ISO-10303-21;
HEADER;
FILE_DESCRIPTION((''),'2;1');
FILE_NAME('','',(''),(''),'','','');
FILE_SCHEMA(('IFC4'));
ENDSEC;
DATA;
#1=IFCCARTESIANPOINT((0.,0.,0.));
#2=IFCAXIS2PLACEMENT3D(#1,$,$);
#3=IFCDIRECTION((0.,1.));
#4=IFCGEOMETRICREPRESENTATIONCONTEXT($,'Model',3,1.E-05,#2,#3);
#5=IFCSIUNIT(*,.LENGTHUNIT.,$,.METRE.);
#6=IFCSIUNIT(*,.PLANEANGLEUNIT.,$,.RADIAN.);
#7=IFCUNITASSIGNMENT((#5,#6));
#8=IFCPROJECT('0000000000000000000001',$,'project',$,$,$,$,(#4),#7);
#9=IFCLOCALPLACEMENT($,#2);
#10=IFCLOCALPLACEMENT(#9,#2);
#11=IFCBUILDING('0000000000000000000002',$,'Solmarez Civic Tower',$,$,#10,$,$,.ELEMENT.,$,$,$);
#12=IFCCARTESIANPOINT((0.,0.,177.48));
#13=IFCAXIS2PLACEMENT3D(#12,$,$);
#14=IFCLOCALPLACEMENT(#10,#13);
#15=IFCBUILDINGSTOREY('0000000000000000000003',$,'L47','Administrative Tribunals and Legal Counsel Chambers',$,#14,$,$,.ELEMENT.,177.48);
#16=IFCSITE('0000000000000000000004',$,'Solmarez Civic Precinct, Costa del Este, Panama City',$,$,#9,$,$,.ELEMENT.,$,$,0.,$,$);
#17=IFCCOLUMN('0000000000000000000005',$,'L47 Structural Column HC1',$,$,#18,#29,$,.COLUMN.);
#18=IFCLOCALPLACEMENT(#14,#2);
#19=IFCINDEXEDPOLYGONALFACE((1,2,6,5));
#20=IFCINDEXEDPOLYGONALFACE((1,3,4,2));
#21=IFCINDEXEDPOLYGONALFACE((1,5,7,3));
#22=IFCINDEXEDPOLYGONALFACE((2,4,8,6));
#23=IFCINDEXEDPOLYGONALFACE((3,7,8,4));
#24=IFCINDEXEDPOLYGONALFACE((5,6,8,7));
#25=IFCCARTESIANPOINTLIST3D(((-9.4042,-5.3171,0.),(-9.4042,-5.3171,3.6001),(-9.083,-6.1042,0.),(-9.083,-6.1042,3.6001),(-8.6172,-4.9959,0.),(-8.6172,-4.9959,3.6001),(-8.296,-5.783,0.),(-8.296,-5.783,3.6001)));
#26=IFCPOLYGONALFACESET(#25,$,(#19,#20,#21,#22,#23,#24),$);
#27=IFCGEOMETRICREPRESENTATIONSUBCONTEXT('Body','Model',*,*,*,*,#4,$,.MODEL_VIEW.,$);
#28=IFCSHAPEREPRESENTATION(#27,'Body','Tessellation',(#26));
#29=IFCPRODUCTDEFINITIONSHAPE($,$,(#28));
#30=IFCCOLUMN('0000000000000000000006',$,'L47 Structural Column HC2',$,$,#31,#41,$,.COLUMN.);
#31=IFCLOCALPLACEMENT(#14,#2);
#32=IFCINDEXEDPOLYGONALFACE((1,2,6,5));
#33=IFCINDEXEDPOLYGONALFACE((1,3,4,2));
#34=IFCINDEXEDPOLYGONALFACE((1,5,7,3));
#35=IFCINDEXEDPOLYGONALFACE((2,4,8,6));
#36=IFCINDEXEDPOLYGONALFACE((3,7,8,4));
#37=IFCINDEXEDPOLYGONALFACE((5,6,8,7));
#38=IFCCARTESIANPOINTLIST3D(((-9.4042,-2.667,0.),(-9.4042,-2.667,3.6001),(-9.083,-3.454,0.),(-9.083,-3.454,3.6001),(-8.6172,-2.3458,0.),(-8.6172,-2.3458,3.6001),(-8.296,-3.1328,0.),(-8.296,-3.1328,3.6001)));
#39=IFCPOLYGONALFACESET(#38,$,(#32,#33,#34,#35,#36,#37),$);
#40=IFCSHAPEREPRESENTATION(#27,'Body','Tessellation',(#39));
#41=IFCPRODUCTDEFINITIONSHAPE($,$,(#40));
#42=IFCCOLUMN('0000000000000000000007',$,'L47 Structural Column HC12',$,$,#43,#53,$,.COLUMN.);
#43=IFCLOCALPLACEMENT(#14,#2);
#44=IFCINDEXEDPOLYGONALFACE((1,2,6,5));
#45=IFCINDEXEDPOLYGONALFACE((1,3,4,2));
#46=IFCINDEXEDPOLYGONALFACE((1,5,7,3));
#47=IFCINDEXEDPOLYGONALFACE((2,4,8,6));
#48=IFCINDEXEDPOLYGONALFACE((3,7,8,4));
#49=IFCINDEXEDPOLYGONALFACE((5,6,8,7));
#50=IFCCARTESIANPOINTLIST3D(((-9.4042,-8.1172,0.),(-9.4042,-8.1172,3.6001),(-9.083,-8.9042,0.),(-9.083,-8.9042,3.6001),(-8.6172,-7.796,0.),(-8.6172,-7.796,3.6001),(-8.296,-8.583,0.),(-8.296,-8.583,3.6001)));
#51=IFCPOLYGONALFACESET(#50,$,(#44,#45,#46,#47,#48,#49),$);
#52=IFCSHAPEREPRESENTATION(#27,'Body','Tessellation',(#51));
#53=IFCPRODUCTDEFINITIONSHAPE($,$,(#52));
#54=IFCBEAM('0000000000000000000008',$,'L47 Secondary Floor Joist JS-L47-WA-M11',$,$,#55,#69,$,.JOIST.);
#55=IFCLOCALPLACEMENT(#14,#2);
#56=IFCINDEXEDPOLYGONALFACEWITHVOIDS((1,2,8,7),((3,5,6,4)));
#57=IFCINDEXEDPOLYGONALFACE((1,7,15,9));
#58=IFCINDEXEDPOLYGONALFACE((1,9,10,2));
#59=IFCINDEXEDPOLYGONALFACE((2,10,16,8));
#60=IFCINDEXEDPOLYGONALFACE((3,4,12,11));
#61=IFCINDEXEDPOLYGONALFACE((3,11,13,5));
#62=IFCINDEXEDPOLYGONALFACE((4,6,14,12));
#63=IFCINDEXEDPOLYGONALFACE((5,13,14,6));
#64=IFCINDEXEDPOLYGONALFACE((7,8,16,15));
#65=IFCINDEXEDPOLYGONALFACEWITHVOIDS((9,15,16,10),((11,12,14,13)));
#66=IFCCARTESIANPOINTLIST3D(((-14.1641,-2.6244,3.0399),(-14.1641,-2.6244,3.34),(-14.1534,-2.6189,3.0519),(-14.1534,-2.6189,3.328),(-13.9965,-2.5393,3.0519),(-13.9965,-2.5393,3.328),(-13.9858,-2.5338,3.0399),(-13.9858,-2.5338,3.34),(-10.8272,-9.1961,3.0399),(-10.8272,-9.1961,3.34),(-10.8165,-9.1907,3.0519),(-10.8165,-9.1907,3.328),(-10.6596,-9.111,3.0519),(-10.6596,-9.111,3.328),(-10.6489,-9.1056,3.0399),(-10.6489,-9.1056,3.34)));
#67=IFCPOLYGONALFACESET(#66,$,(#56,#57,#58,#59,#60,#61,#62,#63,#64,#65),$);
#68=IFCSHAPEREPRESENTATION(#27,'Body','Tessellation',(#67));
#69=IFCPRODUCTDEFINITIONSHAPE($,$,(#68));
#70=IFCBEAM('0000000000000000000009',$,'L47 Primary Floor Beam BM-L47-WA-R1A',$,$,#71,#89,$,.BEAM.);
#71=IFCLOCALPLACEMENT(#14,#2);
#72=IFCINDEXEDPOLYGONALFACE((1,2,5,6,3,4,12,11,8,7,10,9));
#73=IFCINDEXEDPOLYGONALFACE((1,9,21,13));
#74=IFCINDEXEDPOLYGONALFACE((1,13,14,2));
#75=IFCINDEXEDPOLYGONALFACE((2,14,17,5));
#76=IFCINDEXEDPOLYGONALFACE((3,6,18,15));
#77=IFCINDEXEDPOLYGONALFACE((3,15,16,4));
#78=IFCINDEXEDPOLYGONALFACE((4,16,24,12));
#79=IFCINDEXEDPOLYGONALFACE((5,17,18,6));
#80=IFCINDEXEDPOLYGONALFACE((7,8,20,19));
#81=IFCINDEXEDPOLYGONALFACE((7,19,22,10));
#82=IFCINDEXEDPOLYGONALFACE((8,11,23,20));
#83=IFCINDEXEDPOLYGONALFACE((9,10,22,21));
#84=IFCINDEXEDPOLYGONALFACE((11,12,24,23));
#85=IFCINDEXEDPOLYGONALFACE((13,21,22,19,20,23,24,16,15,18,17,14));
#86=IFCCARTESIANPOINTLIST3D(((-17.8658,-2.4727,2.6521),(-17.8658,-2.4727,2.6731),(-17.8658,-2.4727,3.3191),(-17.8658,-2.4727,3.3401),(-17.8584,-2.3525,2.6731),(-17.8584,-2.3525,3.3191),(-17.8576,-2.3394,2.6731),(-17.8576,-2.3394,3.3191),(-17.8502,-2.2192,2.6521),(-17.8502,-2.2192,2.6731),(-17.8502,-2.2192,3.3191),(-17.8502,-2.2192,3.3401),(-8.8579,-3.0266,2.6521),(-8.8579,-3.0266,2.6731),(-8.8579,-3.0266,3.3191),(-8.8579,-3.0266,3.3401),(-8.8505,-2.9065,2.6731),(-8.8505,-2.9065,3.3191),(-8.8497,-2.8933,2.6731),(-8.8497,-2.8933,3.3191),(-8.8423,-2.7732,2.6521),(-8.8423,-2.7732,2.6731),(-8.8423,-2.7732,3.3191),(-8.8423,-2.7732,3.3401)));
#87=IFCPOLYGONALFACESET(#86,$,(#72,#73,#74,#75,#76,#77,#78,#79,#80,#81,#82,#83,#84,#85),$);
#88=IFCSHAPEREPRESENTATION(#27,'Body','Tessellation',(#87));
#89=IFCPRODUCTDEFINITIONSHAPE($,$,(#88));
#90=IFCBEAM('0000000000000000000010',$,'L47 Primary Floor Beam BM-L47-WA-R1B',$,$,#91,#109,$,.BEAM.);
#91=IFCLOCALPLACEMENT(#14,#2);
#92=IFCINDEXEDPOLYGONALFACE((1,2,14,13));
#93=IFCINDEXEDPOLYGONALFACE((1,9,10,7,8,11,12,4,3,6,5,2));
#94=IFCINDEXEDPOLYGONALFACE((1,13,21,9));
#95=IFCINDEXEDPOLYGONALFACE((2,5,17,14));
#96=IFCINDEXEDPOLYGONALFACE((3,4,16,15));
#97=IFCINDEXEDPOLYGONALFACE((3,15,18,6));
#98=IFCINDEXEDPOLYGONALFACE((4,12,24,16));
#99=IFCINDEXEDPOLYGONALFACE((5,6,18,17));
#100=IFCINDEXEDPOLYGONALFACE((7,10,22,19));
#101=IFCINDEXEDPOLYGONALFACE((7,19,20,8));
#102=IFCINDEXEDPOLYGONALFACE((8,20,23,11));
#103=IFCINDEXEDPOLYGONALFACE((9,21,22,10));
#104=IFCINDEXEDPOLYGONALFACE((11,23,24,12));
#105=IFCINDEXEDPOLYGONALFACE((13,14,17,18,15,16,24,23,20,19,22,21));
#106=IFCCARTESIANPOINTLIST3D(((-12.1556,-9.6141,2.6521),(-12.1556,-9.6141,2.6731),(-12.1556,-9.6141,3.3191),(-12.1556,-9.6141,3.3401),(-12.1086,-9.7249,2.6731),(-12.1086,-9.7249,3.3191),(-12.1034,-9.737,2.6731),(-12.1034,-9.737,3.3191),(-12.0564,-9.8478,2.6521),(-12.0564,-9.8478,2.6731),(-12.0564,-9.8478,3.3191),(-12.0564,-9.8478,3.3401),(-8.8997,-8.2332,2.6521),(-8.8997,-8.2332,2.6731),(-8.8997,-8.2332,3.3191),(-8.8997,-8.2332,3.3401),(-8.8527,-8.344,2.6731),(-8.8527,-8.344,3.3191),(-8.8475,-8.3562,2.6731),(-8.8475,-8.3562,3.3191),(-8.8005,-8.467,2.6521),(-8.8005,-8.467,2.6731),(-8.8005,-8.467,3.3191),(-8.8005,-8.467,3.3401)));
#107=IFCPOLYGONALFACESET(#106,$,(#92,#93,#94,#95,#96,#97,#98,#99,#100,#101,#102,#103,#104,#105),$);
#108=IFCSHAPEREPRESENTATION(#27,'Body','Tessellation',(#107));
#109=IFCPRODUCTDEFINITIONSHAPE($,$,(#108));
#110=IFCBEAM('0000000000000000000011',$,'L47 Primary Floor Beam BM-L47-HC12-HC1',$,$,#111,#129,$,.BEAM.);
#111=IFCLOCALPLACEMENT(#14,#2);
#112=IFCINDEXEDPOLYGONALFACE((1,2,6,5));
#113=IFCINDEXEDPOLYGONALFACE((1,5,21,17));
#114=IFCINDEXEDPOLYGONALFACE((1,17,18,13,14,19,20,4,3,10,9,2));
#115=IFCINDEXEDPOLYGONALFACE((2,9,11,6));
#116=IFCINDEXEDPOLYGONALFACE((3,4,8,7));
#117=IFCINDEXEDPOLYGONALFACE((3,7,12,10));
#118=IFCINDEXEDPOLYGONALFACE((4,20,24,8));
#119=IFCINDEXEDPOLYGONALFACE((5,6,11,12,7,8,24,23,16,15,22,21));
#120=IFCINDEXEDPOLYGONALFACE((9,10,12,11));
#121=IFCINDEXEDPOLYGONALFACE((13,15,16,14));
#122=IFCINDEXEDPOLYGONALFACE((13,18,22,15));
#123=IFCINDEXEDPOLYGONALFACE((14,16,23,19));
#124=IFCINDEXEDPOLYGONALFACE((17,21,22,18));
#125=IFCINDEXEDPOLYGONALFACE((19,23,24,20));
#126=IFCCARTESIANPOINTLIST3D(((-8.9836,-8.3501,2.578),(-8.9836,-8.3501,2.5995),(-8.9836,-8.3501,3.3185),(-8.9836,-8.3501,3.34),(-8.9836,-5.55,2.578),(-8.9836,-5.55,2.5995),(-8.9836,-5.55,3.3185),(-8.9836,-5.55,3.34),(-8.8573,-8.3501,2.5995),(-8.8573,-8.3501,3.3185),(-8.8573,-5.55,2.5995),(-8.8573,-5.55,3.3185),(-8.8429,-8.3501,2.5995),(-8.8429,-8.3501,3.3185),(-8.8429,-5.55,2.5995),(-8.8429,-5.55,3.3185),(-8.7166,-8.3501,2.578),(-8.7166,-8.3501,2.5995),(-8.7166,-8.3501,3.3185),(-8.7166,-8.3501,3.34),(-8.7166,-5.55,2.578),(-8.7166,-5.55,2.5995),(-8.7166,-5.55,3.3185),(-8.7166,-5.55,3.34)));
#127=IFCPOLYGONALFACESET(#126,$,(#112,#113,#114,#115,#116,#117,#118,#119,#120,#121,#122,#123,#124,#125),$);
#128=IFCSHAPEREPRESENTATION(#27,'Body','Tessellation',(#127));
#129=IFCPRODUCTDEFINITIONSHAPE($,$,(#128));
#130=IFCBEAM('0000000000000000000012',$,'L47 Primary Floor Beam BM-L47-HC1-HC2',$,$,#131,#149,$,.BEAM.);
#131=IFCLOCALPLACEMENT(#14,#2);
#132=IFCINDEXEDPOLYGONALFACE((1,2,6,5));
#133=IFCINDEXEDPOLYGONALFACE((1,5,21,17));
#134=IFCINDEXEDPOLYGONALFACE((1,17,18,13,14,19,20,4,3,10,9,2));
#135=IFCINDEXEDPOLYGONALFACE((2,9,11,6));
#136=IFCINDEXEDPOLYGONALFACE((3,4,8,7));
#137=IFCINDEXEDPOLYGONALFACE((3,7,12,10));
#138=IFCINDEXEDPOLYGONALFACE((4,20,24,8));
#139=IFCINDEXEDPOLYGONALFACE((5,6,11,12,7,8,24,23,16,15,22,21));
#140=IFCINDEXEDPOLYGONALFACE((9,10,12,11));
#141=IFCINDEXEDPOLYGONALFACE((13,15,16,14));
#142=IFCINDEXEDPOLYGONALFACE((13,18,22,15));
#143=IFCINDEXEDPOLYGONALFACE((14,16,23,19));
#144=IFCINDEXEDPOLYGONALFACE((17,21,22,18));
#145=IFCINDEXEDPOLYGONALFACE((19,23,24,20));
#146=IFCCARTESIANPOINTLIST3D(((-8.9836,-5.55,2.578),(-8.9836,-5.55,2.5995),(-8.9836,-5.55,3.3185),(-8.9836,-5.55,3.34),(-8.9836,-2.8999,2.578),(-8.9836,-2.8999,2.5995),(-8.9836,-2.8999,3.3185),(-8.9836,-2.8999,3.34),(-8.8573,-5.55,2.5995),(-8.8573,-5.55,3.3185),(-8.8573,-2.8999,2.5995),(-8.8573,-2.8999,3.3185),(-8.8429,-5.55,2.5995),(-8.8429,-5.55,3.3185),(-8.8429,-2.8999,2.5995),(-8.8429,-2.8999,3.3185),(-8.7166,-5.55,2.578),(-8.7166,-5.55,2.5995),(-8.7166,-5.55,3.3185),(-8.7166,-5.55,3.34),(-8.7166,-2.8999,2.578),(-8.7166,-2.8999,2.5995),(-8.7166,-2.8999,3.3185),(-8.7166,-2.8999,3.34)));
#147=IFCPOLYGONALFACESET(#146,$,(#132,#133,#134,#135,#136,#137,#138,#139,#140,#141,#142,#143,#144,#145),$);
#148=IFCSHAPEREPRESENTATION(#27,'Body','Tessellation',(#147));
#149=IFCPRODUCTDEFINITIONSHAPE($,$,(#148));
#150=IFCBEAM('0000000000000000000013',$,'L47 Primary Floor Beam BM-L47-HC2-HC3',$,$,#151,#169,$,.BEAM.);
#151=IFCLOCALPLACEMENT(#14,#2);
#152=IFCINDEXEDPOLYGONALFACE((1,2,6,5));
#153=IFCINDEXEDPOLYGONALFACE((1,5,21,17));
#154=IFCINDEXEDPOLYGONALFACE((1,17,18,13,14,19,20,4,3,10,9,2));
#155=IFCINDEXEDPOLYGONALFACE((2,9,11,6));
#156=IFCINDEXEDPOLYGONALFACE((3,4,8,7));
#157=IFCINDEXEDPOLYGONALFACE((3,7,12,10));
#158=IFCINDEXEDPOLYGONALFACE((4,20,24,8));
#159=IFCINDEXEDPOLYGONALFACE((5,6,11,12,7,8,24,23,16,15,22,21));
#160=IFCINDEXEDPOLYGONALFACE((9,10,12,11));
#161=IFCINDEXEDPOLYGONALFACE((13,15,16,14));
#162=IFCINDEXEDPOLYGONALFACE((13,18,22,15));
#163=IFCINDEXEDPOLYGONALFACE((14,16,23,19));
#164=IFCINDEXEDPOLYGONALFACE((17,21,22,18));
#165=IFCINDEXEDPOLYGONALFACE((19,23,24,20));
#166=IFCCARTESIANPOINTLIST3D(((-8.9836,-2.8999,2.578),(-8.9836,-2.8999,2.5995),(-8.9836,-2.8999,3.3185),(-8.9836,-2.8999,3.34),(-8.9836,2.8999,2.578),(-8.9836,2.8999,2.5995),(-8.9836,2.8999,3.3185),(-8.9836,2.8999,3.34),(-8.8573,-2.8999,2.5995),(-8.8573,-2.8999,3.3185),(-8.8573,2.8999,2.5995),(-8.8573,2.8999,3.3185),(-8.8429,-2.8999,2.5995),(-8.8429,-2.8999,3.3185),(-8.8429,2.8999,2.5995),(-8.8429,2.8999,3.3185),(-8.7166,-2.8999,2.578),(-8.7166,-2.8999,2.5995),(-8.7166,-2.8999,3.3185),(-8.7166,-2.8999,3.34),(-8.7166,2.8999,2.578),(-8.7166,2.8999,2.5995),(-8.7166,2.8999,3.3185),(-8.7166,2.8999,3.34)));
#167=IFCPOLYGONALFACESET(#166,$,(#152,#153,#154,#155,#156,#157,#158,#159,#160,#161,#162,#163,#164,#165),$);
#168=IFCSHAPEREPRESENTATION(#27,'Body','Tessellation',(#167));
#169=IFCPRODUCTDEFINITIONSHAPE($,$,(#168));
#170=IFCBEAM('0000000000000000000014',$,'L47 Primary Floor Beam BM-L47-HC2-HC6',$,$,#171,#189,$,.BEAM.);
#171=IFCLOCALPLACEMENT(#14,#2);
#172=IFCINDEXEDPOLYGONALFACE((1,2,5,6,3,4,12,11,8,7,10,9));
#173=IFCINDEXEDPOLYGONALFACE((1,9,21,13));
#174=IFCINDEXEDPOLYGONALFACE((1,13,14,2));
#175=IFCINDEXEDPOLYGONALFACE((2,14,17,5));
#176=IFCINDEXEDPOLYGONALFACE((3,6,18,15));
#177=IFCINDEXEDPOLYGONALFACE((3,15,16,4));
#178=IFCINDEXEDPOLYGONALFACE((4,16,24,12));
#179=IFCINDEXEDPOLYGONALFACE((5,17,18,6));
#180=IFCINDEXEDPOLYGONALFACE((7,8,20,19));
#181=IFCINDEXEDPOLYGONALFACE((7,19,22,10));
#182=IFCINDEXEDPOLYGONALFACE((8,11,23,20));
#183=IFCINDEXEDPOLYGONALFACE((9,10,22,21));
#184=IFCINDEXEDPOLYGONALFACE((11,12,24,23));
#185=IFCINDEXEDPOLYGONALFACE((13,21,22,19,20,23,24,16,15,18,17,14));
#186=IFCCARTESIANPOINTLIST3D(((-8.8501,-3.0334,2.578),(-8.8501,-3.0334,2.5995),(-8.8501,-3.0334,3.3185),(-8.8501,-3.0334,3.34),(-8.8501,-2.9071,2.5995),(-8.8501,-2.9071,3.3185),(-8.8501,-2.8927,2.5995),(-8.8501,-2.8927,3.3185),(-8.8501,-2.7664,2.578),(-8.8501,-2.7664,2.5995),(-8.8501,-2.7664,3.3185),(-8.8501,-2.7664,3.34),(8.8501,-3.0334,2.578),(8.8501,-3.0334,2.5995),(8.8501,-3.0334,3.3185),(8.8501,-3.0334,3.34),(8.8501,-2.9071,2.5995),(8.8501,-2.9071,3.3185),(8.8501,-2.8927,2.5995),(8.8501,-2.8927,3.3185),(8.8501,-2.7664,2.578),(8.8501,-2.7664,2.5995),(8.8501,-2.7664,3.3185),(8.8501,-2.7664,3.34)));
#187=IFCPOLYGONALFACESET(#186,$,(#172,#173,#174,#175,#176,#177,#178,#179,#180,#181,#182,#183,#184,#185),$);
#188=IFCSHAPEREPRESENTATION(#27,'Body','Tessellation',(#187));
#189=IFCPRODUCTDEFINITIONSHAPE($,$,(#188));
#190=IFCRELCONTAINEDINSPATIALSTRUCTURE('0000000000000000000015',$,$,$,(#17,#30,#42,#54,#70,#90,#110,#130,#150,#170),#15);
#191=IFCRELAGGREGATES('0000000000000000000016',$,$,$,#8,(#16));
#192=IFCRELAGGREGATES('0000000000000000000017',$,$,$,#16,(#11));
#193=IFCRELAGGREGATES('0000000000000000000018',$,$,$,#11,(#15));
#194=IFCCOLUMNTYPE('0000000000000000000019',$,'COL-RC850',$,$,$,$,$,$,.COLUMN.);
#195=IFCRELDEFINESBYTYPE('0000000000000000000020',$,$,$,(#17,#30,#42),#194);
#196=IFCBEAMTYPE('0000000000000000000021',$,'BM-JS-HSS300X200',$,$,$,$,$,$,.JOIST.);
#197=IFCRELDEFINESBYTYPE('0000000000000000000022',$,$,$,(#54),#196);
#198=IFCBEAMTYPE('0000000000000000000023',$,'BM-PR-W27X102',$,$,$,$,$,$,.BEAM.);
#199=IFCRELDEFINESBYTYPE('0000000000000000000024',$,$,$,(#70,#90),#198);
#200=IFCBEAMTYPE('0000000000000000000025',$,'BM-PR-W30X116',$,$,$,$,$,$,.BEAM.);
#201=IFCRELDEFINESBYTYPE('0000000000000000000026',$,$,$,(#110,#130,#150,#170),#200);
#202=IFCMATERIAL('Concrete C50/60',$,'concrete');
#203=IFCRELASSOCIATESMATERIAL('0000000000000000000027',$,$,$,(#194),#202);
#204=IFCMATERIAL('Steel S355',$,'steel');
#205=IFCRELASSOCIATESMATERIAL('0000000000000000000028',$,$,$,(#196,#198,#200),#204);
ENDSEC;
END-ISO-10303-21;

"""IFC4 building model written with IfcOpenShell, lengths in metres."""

from ifc_helpers import new_model, si_unit, direction, frame, origin, origin_2d, place, context, subcontext, project, spatial, rectangle, hollow_rectangle, i_section, extrude, material, material_profile, profile_set, type_object, element, save


model = new_model("IFC4")

# Units and contexts
model_context = context("Model", 3, precision=1e-05, world=origin(), true_north=direction((0.0, 1.0)))
body_context = subcontext(model_context, "Body", "Model", "MODEL_VIEW")
ifc_project = project(units=[si_unit("LENGTHUNIT", "METRE"), si_unit("PLANEANGLEUNIT", "RADIAN")], contexts=[model_context])

# Site, building, storey
site_placement = place(None, origin())
site = spatial("IfcSite", under=ifc_project, at=site_placement, Name="Solmarez Civic Precinct, Costa del Este, Panama City", CompositionType="ELEMENT", RefElevation=0.0)
building_placement = place(site_placement, origin())
building = spatial("IfcBuilding", under=site, at=building_placement, Name="Solmarez Civic Tower", CompositionType="ELEMENT")
storey_placement = place(building_placement, frame((0.0, 0.0, 177.48)))
storey = spatial("IfcBuildingStorey", under=building, at=storey_placement, Name="L47", Description="Administrative Tribunals and Legal Counsel Chambers", CompositionType="ELEMENT", Elevation=177.48)

# Columns
ifc_material_1 = material(Name="Concrete C50/60", Category="concrete")
ifc_material_profile_1 = material_profile(ifc_material_1, rectangle(XDim=0.8501, YDim=0.8501, at=origin_2d()), Name="RC850X850")
ifc_profile_set_1 = profile_set([ifc_material_profile_1], Name="Concrete C50/60")
column_type = type_object("IfcColumnType", Name="COL-RC850", PredefinedType="COLUMN", material=ifc_profile_set_1)
for number, where, z_axis, x_axis, name in (
    (1, (-8.8501, -5.55, 0.0), (0.0, 0.0, 1.0), (0.925871, 0.377841, 0.0), "L47 Structural Column HC1"),
    (2, (-8.8501, -2.8999, 0.0), (0.0, 0.0, 1.0), (0.925871, 0.377841, 0.0), "L47 Structural Column HC2"),
    (3, (-8.8501, -8.3501, 0.0), (0.0, 0.0, 1.0), (0.925871, 0.377841, 0.0), "L47 Structural Column HC12"),
):
    element("IfcColumn", number, at=place(storey_placement, frame(where, z_axis=z_axis, x_axis=x_axis)), inside=storey, type_object=column_type, Name=name, PredefinedType="COLUMN", context=body_context, shape_type="SweptSolid", body=[
        extrude(rectangle(XDim=0.8501, YDim=0.8501, at=origin_2d()), origin(), (0.0, 0.0, 1.0), 3.6001),
    ])

# Beams
ifc_material_2 = material(Name="Steel S355", Category="steel")
ifc_material_profile_2 = material_profile(ifc_material_2, hollow_rectangle(XDim=0.2, YDim=0.3, WallThickness=0.012, at=origin_2d()), Name="HSS300X200X12")
ifc_profile_set_2 = profile_set([ifc_material_profile_2], Name="Steel S355")
beam_type_1 = type_object("IfcBeamType", Name="BM-JS-HSS300X200", PredefinedType="JOIST", material=ifc_profile_set_2)
beam_1_placement = place(storey_placement, frame((-14.075, -2.5791, 3.1899), z_axis=(0.452743, -0.891641, 0.0), x_axis=(0.891641, 0.452743, 0.0)))
element("IfcBeam", 4, at=beam_1_placement, inside=storey, type_object=beam_type_1, Name="L47 Secondary Floor Joist JS-L47-WA-M11", PredefinedType="JOIST", context=body_context, shape_type="SweptSolid", body=[
    extrude(hollow_rectangle(XDim=0.2, YDim=0.3, WallThickness=0.012, at=origin_2d()), origin(), (0.0, 0.0, 1.0), 7.3704),
])
ifc_material_profile_3 = material_profile(ifc_material_2, i_section(OverallWidth=0.2539, OverallDepth=0.688, WebThickness=0.0132, FlangeThickness=0.021, at=origin_2d()), Name="W27X102")
ifc_profile_set_3 = profile_set([ifc_material_profile_3], Name="Steel S355")
beam_type_2 = type_object("IfcBeamType", Name="BM-PR-W27X102", PredefinedType="BEAM", material=ifc_profile_set_3)
beam_2_placement = place(storey_placement, frame((-8.8501, -2.8999, 2.9961), z_axis=(-0.998114, 0.061381, 0.0), x_axis=(-0.061381, -0.998114, 0.0)))
element("IfcBeam", 5, at=beam_2_placement, inside=storey, type_object=beam_type_2, Name="L47 Primary Floor Beam BM-L47-WA-R1A", PredefinedType="BEAM", context=body_context, shape_type="SweptSolid", body=[
    extrude(i_section(OverallWidth=0.2539, OverallDepth=0.688, WebThickness=0.0132, FlangeThickness=0.021, at=origin_2d()), origin(), (0.0, 0.0, 1.0), 9.0249),
])
beam_3_placement = place(storey_placement, frame((-8.8501, -8.3501, 2.9961), z_axis=(-0.920624, -0.390451, 0.0), x_axis=(0.390451, -0.920624, 0.0)))
element("IfcBeam", 6, at=beam_3_placement, inside=storey, type_object=beam_type_2, Name="L47 Primary Floor Beam BM-L47-WA-R1B", PredefinedType="BEAM", context=body_context, shape_type="SweptSolid", body=[
    extrude(i_section(OverallWidth=0.2539, OverallDepth=0.688, WebThickness=0.0132, FlangeThickness=0.021, at=origin_2d()), origin(), (0.0, 0.0, 1.0), 3.5366),
])
ifc_material_profile_4 = material_profile(ifc_material_2, i_section(OverallWidth=0.2671, OverallDepth=0.762, WebThickness=0.0144, FlangeThickness=0.0215, at=origin_2d()), Name="W30X116")
ifc_profile_set_4 = profile_set([ifc_material_profile_4], Name="Steel S355")
beam_type_3 = type_object("IfcBeamType", Name="BM-PR-W30X116", PredefinedType="BEAM", material=ifc_profile_set_4)
beam_4_placement = place(storey_placement, frame((-8.8501, -8.3501, 2.959), z_axis=(0.0, 1.0, 0.0), x_axis=(-1.0, 0.0, 0.0)))
element("IfcBeam", 7, at=beam_4_placement, inside=storey, type_object=beam_type_3, Name="L47 Primary Floor Beam BM-L47-HC12-HC1", PredefinedType="BEAM", context=body_context, shape_type="SweptSolid", body=[
    extrude(i_section(OverallWidth=0.2671, OverallDepth=0.762, WebThickness=0.0144, FlangeThickness=0.0215, at=origin_2d()), origin(), (0.0, 0.0, 1.0), 2.8),
])
beam_5_placement = place(storey_placement, frame((-8.8501, -5.55, 2.959), z_axis=(0.0, 1.0, 0.0), x_axis=(-1.0, 0.0, 0.0)))
element("IfcBeam", 8, at=beam_5_placement, inside=storey, type_object=beam_type_3, Name="L47 Primary Floor Beam BM-L47-HC1-HC2", PredefinedType="BEAM", context=body_context, shape_type="SweptSolid", body=[
    extrude(i_section(OverallWidth=0.2671, OverallDepth=0.762, WebThickness=0.0144, FlangeThickness=0.0215, at=origin_2d()), origin(), (0.0, 0.0, 1.0), 2.6501),
])
beam_6_placement = place(storey_placement, frame((-8.8501, -2.8999, 2.959), z_axis=(0.0, 1.0, 0.0), x_axis=(-1.0, 0.0, 0.0)))
element("IfcBeam", 9, at=beam_6_placement, inside=storey, type_object=beam_type_3, Name="L47 Primary Floor Beam BM-L47-HC2-HC3", PredefinedType="BEAM", context=body_context, shape_type="SweptSolid", body=[
    extrude(i_section(OverallWidth=0.2671, OverallDepth=0.762, WebThickness=0.0144, FlangeThickness=0.0215, at=origin_2d()), origin(), (0.0, 0.0, 1.0), 5.7998),
])
beam_7_placement = place(storey_placement, frame((-8.8501, -2.8999, 2.959), z_axis=(1.0, 0.0, 0.0), x_axis=(0.0, 1.0, 0.0)))
element("IfcBeam", 10, at=beam_7_placement, inside=storey, type_object=beam_type_3, Name="L47 Primary Floor Beam BM-L47-HC2-HC6", PredefinedType="BEAM", context=body_context, shape_type="SweptSolid", body=[
    extrude(i_section(OverallWidth=0.2671, OverallDepth=0.762, WebThickness=0.0144, FlangeThickness=0.0215, at=origin_2d()), origin(), (0.0, 0.0, 1.0), 17.7002),
])

save(model, "model.ifc")
